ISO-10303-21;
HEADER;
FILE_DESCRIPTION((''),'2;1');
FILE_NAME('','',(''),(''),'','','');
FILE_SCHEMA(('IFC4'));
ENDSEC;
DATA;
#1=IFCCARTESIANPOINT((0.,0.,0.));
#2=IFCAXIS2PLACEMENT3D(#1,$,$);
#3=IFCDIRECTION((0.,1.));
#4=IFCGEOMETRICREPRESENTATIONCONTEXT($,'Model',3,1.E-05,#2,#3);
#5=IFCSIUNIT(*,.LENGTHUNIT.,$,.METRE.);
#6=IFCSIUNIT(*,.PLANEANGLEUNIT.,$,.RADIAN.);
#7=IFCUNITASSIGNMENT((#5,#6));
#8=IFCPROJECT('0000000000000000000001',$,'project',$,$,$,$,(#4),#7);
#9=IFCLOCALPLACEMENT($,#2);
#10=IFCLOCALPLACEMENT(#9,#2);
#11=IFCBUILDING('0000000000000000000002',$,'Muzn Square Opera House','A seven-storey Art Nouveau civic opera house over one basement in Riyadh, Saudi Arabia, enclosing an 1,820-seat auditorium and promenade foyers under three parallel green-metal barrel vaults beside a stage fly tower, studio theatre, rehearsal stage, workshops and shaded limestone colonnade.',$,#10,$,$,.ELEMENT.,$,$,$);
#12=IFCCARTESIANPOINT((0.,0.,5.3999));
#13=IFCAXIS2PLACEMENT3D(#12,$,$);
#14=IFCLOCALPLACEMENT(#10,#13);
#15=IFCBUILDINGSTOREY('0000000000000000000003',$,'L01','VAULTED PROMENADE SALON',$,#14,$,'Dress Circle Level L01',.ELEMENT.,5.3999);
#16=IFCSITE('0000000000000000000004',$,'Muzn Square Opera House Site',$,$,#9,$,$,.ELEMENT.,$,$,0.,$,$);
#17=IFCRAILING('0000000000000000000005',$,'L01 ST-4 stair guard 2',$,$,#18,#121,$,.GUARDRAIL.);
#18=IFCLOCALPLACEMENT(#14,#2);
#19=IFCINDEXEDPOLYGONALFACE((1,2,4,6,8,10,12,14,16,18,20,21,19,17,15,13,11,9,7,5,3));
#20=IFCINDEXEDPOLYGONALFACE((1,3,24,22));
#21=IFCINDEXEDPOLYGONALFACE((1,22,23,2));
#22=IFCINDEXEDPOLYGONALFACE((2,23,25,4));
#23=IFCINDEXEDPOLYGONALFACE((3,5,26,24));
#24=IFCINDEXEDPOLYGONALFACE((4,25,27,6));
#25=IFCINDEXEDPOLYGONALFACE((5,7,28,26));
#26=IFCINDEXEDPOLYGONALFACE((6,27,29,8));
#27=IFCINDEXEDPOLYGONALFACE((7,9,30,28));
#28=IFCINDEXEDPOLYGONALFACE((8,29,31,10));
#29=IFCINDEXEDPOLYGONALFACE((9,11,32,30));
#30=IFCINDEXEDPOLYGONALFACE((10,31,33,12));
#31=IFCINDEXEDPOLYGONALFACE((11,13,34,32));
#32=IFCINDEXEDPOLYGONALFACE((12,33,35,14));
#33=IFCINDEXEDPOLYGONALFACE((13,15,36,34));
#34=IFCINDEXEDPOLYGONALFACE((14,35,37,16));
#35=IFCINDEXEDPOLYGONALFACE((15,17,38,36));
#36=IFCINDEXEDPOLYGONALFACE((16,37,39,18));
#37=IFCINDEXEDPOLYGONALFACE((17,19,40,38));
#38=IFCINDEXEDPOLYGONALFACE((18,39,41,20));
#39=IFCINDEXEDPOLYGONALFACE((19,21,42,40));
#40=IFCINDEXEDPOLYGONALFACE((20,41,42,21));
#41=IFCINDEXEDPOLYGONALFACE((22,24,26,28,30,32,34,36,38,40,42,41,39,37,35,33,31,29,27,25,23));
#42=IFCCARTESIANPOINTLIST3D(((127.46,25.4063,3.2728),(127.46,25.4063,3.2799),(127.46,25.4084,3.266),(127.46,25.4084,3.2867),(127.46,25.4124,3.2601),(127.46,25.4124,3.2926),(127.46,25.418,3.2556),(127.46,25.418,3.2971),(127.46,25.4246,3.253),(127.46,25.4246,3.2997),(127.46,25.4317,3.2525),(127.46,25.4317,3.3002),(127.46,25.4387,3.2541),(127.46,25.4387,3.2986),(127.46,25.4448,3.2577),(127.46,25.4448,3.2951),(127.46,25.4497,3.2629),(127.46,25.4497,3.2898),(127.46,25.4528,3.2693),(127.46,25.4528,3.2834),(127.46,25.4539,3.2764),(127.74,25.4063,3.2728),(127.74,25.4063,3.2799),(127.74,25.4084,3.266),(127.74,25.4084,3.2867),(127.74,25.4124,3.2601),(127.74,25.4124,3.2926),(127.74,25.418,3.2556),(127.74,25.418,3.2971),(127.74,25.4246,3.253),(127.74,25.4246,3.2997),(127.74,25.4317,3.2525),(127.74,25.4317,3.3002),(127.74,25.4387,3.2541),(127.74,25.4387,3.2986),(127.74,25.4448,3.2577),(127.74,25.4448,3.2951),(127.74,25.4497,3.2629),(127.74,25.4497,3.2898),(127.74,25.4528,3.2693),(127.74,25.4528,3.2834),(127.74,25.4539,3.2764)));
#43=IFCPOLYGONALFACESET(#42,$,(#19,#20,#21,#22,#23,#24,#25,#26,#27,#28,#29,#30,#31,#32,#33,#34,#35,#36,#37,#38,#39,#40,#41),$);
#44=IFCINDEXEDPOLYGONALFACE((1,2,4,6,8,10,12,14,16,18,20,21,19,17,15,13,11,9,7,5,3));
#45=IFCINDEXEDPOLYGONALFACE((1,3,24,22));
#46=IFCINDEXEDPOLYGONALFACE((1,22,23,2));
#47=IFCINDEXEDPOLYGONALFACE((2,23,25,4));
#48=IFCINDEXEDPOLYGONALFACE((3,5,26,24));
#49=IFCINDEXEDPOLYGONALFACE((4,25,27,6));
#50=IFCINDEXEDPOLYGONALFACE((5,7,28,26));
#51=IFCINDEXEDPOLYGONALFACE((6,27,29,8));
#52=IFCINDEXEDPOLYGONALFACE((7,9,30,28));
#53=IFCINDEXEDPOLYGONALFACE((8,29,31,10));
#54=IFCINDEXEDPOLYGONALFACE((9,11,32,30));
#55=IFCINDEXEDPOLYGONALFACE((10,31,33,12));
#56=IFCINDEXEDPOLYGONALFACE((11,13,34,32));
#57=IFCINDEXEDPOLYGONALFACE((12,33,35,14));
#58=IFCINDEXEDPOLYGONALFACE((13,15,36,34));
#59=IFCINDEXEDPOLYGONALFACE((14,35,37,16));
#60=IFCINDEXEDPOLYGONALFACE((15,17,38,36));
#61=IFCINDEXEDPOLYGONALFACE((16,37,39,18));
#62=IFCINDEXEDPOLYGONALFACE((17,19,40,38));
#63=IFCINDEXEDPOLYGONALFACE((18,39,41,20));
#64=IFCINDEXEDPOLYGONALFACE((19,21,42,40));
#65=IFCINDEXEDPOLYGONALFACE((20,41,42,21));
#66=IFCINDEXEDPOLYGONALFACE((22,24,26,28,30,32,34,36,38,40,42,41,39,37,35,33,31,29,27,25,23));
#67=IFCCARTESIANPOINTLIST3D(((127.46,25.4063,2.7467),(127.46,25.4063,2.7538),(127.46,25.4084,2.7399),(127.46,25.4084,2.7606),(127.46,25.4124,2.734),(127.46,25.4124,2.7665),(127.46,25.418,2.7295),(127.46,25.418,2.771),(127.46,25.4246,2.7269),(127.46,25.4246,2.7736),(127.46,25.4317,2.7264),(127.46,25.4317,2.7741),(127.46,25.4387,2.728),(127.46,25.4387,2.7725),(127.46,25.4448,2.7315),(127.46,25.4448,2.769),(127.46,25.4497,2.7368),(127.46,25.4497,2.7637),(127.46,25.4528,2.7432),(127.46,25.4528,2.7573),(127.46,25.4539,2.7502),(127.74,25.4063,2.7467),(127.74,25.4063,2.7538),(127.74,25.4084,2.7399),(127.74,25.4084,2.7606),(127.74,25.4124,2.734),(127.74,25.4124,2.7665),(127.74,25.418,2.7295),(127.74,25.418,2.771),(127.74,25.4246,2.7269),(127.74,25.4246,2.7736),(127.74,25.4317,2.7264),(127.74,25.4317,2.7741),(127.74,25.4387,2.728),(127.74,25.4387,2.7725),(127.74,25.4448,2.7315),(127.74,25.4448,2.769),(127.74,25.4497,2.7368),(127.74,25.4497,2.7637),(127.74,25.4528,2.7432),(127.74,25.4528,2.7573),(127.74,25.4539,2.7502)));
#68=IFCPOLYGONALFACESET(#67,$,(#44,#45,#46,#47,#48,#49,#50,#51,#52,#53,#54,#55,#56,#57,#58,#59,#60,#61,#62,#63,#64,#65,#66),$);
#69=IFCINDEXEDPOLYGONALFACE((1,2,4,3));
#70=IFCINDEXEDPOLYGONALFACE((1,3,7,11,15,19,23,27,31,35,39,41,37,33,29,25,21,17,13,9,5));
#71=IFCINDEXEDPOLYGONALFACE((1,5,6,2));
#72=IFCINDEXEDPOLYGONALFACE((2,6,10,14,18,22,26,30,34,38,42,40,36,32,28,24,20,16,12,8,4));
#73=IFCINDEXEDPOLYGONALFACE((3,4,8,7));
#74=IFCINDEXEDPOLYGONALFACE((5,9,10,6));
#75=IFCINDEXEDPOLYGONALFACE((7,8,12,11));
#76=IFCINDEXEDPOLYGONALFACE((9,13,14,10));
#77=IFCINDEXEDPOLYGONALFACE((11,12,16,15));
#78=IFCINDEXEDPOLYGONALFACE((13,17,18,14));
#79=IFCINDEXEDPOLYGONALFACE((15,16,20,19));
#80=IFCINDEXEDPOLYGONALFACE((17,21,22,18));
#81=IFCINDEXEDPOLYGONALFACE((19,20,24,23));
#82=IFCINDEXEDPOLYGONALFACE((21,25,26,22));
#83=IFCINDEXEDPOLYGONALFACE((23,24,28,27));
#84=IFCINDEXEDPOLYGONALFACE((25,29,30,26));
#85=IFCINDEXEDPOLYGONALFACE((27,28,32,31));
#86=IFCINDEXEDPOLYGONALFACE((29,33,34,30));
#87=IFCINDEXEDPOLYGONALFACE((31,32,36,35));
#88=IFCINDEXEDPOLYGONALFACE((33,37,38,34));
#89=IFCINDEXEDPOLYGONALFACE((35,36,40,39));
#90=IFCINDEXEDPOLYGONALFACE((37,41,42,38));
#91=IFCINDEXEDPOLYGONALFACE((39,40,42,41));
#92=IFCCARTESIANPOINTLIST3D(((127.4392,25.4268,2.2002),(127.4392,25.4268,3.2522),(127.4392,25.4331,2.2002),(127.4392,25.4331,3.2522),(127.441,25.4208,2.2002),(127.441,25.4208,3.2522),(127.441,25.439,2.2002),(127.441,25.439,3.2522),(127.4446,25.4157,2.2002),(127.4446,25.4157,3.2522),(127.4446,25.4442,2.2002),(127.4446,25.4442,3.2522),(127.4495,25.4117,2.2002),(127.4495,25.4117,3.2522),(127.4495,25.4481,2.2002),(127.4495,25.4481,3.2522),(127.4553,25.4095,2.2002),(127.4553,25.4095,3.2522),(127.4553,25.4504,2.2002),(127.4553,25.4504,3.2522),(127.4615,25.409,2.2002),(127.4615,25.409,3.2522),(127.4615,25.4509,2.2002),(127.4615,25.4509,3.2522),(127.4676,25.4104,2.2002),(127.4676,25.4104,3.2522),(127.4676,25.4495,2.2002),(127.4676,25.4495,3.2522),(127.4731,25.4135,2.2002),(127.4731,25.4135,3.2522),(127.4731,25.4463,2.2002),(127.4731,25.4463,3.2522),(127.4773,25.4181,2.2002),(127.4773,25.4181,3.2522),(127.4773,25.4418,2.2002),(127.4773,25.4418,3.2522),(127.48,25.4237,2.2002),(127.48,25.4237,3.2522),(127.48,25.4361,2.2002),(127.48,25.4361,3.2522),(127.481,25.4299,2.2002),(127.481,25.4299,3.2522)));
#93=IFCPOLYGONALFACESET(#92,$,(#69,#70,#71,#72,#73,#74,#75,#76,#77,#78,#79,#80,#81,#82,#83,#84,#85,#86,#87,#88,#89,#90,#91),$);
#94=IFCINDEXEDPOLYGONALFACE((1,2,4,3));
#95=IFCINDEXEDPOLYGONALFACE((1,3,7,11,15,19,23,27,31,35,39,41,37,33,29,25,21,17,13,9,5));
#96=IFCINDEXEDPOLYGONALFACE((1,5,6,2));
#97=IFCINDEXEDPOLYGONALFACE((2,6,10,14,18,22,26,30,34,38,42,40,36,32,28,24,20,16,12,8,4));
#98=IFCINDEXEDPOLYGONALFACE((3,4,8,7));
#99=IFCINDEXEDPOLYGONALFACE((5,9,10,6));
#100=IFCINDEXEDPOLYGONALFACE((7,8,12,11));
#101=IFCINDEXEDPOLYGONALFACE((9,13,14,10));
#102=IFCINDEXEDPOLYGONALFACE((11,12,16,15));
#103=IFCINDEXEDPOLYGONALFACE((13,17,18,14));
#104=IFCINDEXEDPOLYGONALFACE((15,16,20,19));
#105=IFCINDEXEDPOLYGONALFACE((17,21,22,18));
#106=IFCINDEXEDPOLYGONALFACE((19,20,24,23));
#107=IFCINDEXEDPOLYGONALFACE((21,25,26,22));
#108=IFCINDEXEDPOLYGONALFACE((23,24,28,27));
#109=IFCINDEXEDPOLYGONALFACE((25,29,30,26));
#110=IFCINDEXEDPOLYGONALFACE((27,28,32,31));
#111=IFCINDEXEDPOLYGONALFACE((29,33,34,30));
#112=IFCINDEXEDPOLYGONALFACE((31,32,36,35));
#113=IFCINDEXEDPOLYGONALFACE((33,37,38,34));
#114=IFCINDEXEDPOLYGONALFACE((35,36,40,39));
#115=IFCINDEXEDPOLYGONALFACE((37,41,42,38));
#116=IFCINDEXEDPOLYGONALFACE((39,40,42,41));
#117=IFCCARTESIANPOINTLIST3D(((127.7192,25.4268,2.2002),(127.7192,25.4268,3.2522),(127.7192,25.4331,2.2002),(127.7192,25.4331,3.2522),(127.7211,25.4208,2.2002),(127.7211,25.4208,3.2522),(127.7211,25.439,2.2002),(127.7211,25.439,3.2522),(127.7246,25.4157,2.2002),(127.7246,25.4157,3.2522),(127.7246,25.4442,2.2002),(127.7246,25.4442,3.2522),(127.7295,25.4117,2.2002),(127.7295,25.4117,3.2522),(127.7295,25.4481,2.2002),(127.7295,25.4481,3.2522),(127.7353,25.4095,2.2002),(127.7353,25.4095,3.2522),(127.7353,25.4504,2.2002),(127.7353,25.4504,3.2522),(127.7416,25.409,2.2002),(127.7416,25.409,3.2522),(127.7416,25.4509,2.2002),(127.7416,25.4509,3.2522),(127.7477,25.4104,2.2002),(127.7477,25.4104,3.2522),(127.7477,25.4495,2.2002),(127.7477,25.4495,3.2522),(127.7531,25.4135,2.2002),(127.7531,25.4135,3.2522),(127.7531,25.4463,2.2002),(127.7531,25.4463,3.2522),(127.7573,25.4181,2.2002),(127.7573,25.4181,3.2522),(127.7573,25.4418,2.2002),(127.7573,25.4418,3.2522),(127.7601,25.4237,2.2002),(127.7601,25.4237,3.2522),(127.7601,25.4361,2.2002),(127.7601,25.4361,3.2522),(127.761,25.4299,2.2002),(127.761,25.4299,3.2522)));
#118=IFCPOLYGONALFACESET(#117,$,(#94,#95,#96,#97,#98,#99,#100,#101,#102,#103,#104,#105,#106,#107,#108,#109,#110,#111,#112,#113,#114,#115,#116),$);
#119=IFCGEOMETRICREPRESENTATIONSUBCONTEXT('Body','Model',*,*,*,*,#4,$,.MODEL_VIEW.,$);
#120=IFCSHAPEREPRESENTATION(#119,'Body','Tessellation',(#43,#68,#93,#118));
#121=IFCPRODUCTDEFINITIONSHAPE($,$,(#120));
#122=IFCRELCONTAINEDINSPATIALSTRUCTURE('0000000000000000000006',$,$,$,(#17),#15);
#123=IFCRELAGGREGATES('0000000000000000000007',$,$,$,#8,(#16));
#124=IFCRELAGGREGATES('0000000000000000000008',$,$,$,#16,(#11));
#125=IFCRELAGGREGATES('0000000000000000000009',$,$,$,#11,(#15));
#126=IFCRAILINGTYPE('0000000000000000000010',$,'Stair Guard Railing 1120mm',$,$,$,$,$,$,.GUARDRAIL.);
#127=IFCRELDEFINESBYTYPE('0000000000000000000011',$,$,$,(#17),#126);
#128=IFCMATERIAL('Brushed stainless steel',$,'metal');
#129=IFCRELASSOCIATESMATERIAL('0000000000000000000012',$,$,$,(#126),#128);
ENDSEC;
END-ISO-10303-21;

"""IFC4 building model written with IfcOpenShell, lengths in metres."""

from ifc_helpers import new_model, si_unit, direction, frame, origin, origin_2d, place, context, subcontext, project, spatial, circle, extrude, material, type_object, element, save


model = new_model("IFC4")

# Units and contexts
model_context = context("Model", 3, precision=1e-05, world=origin(), true_north=direction((0.0, 1.0)))
body_context = subcontext(model_context, "Body", "Model", "MODEL_VIEW")
ifc_project = project(units=[si_unit("LENGTHUNIT", "METRE"), si_unit("PLANEANGLEUNIT", "RADIAN")], contexts=[model_context])

# Site, building, storey
site_placement = place(None, origin())
site = spatial("IfcSite", under=ifc_project, at=site_placement, Name="Muzn Square Opera House Site", CompositionType="ELEMENT", RefElevation=0.0)
building_placement = place(site_placement, origin())
building = spatial("IfcBuilding", under=site, at=building_placement, Name="Muzn Square Opera House", Description="A seven-storey Art Nouveau civic opera house over one basement in Riyadh, Saudi Arabia, enclosing an 1,820-seat auditorium and promenade foyers under three parallel green-metal barrel vaults beside a stage fly tower, studio theatre, rehearsal stage, workshops and shaded limestone colonnade.", CompositionType="ELEMENT")
storey_placement = place(building_placement, frame((0.0, 0.0, 5.3999)))
storey = spatial("IfcBuildingStorey", under=building, at=storey_placement, Name="L01", Description="VAULTED PROMENADE SALON", LongName="Dress Circle Level L01", CompositionType="ELEMENT", Elevation=5.3999)

# Railing
ifc_material_1 = material(Name="Brushed stainless steel", Category="metal")
railing_type_1 = type_object("IfcRailingType", Name="Stair Guard Railing 1120mm", PredefinedType="GUARDRAIL", material=ifc_material_1)
railing_1_placement = place(storey_placement, frame((127.46, 25.4299, 2.2002)))
element("IfcRailing", 1, at=railing_1_placement, inside=storey, type_object=railing_type_1, Name="L01 ST-4 stair guard 2", PredefinedType="GUARDRAIL", context=body_context, shape_type="SweptSolid", body=[
    extrude(circle(Radius=0.0239, at=origin_2d()), frame((0.0, 0.0, 1.0762), z_axis=(1.0, 0.0, 0.0), x_axis=(0.0, 1.0, 0.0)), (0.0, 0.0, 1.0), 0.28),
    extrude(circle(Radius=0.0239, at=origin_2d()), frame((0.0, 0.0, 0.55), z_axis=(1.0, 0.0, 0.0), x_axis=(0.0, 1.0, 0.0)), (0.0, 0.0, 1.0), 0.28),
    extrude(circle(Radius=0.021, at=origin_2d()), origin(), (0.0, 0.0, 1.0), 1.052),
    extrude(circle(Radius=0.021, at=origin_2d()), frame((0.28, 0.0, 0.0)), (0.0, 0.0, 1.0), 1.052),
])

save(model, "model.ifc")
